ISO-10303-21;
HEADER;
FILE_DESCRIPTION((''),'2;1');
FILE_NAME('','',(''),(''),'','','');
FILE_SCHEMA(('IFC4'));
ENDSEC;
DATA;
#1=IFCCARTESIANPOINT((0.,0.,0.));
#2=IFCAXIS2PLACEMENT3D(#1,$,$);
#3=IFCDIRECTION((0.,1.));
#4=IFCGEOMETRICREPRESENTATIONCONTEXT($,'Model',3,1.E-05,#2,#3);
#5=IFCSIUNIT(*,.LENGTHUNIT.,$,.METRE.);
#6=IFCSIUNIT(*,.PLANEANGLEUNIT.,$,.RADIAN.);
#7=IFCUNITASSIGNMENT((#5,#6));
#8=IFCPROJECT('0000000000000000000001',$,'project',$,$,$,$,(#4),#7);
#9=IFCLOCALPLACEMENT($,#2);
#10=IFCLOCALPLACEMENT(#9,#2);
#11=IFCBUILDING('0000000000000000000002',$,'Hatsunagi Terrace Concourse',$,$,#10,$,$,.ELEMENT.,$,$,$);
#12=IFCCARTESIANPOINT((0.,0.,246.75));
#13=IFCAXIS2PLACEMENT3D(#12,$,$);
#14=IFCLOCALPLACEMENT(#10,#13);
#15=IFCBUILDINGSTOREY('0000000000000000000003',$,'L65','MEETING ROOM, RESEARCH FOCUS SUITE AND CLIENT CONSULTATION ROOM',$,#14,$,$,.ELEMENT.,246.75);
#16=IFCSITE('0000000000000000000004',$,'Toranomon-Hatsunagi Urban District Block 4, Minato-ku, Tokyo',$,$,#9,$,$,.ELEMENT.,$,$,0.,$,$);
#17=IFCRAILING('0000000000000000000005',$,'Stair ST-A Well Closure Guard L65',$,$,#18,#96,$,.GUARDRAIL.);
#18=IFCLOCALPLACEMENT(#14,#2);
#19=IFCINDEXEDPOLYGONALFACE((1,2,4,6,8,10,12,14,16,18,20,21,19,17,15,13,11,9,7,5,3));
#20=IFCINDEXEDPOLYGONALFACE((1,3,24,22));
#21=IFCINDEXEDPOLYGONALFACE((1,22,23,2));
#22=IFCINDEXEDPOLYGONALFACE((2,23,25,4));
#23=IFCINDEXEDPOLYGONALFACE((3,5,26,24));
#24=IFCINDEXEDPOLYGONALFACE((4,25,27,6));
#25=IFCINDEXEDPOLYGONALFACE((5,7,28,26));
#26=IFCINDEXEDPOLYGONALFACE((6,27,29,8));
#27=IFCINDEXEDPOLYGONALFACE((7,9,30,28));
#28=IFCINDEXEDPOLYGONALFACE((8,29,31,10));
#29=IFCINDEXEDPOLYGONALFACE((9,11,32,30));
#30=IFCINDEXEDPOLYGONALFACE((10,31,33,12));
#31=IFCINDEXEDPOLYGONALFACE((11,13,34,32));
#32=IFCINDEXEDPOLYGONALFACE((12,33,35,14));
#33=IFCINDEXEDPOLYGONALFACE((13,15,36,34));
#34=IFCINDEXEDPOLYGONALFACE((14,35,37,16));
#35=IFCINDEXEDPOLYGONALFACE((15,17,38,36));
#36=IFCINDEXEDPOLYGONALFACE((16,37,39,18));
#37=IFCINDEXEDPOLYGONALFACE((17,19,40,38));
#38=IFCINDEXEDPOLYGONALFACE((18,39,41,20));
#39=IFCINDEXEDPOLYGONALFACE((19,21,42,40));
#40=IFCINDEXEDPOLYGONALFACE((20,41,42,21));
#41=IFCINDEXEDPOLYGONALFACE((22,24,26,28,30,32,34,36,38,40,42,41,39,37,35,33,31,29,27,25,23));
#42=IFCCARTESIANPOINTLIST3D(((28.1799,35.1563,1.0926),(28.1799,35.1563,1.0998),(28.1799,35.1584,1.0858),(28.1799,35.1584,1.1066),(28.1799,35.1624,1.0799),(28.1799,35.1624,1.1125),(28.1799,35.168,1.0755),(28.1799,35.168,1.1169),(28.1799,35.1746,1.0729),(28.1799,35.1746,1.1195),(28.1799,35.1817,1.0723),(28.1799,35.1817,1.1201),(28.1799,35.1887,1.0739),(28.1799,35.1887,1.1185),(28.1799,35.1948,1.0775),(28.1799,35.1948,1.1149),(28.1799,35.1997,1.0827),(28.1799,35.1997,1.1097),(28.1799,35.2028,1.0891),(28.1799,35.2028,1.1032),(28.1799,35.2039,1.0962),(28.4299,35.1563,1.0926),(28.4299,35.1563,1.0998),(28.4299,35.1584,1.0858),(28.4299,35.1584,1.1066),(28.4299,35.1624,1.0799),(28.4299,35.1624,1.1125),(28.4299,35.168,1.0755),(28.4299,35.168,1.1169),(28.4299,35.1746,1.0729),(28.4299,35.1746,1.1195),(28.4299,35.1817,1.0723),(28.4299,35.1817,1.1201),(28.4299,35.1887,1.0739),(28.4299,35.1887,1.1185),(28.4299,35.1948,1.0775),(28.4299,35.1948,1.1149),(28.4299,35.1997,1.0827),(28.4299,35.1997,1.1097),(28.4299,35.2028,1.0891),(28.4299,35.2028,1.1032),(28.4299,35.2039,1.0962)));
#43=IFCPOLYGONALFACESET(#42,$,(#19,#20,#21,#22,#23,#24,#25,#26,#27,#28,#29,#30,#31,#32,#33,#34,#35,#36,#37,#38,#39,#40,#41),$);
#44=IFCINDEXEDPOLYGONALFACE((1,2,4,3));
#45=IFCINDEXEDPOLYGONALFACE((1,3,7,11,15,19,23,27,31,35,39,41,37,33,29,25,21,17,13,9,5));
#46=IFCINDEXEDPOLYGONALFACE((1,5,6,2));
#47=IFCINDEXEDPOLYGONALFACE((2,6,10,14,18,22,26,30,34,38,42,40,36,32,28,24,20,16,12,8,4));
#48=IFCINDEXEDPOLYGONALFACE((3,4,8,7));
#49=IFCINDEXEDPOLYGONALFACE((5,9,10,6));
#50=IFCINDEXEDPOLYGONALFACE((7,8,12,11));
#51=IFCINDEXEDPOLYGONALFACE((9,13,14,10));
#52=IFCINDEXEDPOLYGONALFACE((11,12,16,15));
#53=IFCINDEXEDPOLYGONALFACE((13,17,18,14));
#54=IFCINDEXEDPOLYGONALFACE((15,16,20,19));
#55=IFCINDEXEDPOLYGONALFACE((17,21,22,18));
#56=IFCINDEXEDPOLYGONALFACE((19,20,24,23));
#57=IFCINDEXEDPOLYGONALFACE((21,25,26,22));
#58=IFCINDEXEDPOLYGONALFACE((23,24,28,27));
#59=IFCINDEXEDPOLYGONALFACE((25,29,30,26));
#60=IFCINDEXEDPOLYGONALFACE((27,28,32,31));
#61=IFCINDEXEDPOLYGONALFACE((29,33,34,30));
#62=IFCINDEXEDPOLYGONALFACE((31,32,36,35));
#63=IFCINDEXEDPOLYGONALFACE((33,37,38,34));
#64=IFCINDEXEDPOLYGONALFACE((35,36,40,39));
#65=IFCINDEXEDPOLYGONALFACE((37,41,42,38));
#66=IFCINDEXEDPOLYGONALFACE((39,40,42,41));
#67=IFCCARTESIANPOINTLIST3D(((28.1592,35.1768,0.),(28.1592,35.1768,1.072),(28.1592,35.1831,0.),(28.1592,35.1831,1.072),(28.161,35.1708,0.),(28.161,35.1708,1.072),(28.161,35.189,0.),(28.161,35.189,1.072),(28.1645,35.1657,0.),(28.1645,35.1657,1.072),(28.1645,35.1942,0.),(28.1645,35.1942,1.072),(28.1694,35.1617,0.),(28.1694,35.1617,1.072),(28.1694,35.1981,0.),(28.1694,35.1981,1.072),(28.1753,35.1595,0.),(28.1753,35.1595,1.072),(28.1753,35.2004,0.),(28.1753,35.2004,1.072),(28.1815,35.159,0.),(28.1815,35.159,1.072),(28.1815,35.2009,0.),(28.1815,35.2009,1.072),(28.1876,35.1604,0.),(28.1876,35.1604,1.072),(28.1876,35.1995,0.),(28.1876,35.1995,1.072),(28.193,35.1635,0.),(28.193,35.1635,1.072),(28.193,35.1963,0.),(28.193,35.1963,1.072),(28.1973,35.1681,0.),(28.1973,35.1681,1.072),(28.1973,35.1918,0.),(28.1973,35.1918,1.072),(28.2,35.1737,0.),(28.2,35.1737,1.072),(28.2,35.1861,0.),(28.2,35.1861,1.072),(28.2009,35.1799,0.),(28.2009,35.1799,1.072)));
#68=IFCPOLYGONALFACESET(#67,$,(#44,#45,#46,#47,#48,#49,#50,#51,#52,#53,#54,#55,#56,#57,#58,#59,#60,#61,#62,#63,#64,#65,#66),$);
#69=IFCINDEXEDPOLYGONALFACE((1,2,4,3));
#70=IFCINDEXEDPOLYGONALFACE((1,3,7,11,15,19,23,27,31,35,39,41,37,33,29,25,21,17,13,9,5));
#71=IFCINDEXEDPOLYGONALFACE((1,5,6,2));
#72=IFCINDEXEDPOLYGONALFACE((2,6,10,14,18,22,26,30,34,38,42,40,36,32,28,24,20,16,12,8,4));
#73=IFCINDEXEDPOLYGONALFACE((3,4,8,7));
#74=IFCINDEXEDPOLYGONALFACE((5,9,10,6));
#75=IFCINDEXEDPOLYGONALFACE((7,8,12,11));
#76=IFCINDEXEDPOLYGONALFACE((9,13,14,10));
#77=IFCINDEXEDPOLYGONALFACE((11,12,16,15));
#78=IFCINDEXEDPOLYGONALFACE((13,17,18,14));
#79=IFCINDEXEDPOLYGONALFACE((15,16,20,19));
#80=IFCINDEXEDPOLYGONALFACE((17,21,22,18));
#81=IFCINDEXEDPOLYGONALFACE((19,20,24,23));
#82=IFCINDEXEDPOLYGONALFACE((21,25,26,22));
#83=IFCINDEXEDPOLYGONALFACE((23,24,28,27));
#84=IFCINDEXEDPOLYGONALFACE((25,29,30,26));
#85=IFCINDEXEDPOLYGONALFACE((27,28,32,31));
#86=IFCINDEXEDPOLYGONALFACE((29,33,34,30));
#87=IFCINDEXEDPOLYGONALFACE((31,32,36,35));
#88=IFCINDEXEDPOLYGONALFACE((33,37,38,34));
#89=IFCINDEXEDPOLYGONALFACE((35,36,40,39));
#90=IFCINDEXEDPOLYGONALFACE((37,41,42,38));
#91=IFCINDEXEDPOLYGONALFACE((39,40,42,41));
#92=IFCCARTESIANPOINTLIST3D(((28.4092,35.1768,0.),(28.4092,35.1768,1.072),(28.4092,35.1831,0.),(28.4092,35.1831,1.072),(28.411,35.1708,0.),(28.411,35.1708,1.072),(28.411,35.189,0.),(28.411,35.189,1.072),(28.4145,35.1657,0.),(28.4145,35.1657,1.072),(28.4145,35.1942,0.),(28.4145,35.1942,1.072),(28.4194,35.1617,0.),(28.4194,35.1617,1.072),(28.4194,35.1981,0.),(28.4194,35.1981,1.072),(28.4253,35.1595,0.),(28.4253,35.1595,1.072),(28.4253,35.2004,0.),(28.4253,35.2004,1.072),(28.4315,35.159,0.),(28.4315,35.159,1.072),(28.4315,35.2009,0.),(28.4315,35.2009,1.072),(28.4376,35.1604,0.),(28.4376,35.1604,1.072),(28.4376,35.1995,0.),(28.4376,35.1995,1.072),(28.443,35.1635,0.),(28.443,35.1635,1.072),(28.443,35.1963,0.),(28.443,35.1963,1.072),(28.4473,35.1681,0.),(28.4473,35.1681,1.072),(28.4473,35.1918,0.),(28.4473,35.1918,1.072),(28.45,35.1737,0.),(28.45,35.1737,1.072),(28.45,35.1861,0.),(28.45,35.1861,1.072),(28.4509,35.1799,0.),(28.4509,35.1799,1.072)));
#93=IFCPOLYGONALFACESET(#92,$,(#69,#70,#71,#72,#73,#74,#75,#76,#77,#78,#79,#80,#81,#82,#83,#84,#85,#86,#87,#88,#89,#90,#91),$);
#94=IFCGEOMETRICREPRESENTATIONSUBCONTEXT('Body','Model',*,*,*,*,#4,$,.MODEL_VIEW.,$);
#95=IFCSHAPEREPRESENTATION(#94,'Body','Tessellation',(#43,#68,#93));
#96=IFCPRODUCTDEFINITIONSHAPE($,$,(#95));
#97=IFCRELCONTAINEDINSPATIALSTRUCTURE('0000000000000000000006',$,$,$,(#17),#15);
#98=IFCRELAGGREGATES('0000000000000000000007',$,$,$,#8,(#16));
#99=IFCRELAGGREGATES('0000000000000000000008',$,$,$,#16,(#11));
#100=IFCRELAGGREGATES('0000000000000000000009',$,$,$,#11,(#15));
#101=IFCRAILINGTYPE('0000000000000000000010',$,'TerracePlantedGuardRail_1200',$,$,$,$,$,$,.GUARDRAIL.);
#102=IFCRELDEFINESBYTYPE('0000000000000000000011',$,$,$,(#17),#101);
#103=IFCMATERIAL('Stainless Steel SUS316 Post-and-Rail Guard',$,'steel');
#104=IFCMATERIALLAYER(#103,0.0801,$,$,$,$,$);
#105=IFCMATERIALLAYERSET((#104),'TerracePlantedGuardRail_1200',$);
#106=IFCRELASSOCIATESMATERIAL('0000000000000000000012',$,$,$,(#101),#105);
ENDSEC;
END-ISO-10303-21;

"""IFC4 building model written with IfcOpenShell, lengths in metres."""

from ifc_helpers import new_model, si_unit, direction, frame, origin, origin_2d, place, context, subcontext, project, spatial, circle, extrude, material, layer, layer_set, type_object, element, save


model = new_model("IFC4")

# Units and contexts
model_context = context("Model", 3, precision=1e-05, world=origin(), true_north=direction((0.0, 1.0)))
body_context = subcontext(model_context, "Body", "Model", "MODEL_VIEW")
ifc_project = project(units=[si_unit("LENGTHUNIT", "METRE"), si_unit("PLANEANGLEUNIT", "RADIAN")], contexts=[model_context])

# Site, building, storey
site_placement = place(None, origin())
site = spatial("IfcSite", under=ifc_project, at=site_placement, Name="Toranomon-Hatsunagi Urban District Block 4, Minato-ku, Tokyo", CompositionType="ELEMENT", RefElevation=0.0)
building_placement = place(site_placement, origin())
building = spatial("IfcBuilding", under=site, at=building_placement, Name="Hatsunagi Terrace Concourse", CompositionType="ELEMENT")
storey_placement = place(building_placement, frame((0.0, 0.0, 246.75)))
storey = spatial("IfcBuildingStorey", under=building, at=storey_placement, Name="L65", Description="MEETING ROOM, RESEARCH FOCUS SUITE AND CLIENT CONSULTATION ROOM", CompositionType="ELEMENT", Elevation=246.75)

# Railing
ifc_material_1 = material(Name="Stainless Steel SUS316 Post-and-Rail Guard", Category="steel")
ifc_layer_1 = layer(ifc_material_1, 0.0801)
ifc_layer_set_1 = layer_set([ifc_layer_1], Name="TerracePlantedGuardRail_1200")
railing_type_1 = type_object("IfcRailingType", Name="TerracePlantedGuardRail_1200", PredefinedType="GUARDRAIL", material=ifc_layer_set_1)
railing_1_placement = place(storey_placement, frame((28.1799, 35.1799, 0.0)))
element("IfcRailing", 1, at=railing_1_placement, inside=storey, type_object=railing_type_1, Name="Stair ST-A Well Closure Guard L65", PredefinedType="GUARDRAIL", context=body_context, shape_type="SweptSolid", body=[
    extrude(circle(Radius=0.0239, at=origin_2d()), frame((0.0, 0.0, 1.0962), z_axis=(1.0, 0.0, 0.0), x_axis=(0.0, 1.0, 0.0)), (0.0, 0.0, 1.0), 0.25),
    extrude(circle(Radius=0.021, at=origin_2d()), origin(), (0.0, 0.0, 1.0), 1.072),
    extrude(circle(Radius=0.021, at=origin_2d()), frame((0.25, 0.0, 0.0)), (0.0, 0.0, 1.0), 1.072),
])

save(model, "model.ifc")
